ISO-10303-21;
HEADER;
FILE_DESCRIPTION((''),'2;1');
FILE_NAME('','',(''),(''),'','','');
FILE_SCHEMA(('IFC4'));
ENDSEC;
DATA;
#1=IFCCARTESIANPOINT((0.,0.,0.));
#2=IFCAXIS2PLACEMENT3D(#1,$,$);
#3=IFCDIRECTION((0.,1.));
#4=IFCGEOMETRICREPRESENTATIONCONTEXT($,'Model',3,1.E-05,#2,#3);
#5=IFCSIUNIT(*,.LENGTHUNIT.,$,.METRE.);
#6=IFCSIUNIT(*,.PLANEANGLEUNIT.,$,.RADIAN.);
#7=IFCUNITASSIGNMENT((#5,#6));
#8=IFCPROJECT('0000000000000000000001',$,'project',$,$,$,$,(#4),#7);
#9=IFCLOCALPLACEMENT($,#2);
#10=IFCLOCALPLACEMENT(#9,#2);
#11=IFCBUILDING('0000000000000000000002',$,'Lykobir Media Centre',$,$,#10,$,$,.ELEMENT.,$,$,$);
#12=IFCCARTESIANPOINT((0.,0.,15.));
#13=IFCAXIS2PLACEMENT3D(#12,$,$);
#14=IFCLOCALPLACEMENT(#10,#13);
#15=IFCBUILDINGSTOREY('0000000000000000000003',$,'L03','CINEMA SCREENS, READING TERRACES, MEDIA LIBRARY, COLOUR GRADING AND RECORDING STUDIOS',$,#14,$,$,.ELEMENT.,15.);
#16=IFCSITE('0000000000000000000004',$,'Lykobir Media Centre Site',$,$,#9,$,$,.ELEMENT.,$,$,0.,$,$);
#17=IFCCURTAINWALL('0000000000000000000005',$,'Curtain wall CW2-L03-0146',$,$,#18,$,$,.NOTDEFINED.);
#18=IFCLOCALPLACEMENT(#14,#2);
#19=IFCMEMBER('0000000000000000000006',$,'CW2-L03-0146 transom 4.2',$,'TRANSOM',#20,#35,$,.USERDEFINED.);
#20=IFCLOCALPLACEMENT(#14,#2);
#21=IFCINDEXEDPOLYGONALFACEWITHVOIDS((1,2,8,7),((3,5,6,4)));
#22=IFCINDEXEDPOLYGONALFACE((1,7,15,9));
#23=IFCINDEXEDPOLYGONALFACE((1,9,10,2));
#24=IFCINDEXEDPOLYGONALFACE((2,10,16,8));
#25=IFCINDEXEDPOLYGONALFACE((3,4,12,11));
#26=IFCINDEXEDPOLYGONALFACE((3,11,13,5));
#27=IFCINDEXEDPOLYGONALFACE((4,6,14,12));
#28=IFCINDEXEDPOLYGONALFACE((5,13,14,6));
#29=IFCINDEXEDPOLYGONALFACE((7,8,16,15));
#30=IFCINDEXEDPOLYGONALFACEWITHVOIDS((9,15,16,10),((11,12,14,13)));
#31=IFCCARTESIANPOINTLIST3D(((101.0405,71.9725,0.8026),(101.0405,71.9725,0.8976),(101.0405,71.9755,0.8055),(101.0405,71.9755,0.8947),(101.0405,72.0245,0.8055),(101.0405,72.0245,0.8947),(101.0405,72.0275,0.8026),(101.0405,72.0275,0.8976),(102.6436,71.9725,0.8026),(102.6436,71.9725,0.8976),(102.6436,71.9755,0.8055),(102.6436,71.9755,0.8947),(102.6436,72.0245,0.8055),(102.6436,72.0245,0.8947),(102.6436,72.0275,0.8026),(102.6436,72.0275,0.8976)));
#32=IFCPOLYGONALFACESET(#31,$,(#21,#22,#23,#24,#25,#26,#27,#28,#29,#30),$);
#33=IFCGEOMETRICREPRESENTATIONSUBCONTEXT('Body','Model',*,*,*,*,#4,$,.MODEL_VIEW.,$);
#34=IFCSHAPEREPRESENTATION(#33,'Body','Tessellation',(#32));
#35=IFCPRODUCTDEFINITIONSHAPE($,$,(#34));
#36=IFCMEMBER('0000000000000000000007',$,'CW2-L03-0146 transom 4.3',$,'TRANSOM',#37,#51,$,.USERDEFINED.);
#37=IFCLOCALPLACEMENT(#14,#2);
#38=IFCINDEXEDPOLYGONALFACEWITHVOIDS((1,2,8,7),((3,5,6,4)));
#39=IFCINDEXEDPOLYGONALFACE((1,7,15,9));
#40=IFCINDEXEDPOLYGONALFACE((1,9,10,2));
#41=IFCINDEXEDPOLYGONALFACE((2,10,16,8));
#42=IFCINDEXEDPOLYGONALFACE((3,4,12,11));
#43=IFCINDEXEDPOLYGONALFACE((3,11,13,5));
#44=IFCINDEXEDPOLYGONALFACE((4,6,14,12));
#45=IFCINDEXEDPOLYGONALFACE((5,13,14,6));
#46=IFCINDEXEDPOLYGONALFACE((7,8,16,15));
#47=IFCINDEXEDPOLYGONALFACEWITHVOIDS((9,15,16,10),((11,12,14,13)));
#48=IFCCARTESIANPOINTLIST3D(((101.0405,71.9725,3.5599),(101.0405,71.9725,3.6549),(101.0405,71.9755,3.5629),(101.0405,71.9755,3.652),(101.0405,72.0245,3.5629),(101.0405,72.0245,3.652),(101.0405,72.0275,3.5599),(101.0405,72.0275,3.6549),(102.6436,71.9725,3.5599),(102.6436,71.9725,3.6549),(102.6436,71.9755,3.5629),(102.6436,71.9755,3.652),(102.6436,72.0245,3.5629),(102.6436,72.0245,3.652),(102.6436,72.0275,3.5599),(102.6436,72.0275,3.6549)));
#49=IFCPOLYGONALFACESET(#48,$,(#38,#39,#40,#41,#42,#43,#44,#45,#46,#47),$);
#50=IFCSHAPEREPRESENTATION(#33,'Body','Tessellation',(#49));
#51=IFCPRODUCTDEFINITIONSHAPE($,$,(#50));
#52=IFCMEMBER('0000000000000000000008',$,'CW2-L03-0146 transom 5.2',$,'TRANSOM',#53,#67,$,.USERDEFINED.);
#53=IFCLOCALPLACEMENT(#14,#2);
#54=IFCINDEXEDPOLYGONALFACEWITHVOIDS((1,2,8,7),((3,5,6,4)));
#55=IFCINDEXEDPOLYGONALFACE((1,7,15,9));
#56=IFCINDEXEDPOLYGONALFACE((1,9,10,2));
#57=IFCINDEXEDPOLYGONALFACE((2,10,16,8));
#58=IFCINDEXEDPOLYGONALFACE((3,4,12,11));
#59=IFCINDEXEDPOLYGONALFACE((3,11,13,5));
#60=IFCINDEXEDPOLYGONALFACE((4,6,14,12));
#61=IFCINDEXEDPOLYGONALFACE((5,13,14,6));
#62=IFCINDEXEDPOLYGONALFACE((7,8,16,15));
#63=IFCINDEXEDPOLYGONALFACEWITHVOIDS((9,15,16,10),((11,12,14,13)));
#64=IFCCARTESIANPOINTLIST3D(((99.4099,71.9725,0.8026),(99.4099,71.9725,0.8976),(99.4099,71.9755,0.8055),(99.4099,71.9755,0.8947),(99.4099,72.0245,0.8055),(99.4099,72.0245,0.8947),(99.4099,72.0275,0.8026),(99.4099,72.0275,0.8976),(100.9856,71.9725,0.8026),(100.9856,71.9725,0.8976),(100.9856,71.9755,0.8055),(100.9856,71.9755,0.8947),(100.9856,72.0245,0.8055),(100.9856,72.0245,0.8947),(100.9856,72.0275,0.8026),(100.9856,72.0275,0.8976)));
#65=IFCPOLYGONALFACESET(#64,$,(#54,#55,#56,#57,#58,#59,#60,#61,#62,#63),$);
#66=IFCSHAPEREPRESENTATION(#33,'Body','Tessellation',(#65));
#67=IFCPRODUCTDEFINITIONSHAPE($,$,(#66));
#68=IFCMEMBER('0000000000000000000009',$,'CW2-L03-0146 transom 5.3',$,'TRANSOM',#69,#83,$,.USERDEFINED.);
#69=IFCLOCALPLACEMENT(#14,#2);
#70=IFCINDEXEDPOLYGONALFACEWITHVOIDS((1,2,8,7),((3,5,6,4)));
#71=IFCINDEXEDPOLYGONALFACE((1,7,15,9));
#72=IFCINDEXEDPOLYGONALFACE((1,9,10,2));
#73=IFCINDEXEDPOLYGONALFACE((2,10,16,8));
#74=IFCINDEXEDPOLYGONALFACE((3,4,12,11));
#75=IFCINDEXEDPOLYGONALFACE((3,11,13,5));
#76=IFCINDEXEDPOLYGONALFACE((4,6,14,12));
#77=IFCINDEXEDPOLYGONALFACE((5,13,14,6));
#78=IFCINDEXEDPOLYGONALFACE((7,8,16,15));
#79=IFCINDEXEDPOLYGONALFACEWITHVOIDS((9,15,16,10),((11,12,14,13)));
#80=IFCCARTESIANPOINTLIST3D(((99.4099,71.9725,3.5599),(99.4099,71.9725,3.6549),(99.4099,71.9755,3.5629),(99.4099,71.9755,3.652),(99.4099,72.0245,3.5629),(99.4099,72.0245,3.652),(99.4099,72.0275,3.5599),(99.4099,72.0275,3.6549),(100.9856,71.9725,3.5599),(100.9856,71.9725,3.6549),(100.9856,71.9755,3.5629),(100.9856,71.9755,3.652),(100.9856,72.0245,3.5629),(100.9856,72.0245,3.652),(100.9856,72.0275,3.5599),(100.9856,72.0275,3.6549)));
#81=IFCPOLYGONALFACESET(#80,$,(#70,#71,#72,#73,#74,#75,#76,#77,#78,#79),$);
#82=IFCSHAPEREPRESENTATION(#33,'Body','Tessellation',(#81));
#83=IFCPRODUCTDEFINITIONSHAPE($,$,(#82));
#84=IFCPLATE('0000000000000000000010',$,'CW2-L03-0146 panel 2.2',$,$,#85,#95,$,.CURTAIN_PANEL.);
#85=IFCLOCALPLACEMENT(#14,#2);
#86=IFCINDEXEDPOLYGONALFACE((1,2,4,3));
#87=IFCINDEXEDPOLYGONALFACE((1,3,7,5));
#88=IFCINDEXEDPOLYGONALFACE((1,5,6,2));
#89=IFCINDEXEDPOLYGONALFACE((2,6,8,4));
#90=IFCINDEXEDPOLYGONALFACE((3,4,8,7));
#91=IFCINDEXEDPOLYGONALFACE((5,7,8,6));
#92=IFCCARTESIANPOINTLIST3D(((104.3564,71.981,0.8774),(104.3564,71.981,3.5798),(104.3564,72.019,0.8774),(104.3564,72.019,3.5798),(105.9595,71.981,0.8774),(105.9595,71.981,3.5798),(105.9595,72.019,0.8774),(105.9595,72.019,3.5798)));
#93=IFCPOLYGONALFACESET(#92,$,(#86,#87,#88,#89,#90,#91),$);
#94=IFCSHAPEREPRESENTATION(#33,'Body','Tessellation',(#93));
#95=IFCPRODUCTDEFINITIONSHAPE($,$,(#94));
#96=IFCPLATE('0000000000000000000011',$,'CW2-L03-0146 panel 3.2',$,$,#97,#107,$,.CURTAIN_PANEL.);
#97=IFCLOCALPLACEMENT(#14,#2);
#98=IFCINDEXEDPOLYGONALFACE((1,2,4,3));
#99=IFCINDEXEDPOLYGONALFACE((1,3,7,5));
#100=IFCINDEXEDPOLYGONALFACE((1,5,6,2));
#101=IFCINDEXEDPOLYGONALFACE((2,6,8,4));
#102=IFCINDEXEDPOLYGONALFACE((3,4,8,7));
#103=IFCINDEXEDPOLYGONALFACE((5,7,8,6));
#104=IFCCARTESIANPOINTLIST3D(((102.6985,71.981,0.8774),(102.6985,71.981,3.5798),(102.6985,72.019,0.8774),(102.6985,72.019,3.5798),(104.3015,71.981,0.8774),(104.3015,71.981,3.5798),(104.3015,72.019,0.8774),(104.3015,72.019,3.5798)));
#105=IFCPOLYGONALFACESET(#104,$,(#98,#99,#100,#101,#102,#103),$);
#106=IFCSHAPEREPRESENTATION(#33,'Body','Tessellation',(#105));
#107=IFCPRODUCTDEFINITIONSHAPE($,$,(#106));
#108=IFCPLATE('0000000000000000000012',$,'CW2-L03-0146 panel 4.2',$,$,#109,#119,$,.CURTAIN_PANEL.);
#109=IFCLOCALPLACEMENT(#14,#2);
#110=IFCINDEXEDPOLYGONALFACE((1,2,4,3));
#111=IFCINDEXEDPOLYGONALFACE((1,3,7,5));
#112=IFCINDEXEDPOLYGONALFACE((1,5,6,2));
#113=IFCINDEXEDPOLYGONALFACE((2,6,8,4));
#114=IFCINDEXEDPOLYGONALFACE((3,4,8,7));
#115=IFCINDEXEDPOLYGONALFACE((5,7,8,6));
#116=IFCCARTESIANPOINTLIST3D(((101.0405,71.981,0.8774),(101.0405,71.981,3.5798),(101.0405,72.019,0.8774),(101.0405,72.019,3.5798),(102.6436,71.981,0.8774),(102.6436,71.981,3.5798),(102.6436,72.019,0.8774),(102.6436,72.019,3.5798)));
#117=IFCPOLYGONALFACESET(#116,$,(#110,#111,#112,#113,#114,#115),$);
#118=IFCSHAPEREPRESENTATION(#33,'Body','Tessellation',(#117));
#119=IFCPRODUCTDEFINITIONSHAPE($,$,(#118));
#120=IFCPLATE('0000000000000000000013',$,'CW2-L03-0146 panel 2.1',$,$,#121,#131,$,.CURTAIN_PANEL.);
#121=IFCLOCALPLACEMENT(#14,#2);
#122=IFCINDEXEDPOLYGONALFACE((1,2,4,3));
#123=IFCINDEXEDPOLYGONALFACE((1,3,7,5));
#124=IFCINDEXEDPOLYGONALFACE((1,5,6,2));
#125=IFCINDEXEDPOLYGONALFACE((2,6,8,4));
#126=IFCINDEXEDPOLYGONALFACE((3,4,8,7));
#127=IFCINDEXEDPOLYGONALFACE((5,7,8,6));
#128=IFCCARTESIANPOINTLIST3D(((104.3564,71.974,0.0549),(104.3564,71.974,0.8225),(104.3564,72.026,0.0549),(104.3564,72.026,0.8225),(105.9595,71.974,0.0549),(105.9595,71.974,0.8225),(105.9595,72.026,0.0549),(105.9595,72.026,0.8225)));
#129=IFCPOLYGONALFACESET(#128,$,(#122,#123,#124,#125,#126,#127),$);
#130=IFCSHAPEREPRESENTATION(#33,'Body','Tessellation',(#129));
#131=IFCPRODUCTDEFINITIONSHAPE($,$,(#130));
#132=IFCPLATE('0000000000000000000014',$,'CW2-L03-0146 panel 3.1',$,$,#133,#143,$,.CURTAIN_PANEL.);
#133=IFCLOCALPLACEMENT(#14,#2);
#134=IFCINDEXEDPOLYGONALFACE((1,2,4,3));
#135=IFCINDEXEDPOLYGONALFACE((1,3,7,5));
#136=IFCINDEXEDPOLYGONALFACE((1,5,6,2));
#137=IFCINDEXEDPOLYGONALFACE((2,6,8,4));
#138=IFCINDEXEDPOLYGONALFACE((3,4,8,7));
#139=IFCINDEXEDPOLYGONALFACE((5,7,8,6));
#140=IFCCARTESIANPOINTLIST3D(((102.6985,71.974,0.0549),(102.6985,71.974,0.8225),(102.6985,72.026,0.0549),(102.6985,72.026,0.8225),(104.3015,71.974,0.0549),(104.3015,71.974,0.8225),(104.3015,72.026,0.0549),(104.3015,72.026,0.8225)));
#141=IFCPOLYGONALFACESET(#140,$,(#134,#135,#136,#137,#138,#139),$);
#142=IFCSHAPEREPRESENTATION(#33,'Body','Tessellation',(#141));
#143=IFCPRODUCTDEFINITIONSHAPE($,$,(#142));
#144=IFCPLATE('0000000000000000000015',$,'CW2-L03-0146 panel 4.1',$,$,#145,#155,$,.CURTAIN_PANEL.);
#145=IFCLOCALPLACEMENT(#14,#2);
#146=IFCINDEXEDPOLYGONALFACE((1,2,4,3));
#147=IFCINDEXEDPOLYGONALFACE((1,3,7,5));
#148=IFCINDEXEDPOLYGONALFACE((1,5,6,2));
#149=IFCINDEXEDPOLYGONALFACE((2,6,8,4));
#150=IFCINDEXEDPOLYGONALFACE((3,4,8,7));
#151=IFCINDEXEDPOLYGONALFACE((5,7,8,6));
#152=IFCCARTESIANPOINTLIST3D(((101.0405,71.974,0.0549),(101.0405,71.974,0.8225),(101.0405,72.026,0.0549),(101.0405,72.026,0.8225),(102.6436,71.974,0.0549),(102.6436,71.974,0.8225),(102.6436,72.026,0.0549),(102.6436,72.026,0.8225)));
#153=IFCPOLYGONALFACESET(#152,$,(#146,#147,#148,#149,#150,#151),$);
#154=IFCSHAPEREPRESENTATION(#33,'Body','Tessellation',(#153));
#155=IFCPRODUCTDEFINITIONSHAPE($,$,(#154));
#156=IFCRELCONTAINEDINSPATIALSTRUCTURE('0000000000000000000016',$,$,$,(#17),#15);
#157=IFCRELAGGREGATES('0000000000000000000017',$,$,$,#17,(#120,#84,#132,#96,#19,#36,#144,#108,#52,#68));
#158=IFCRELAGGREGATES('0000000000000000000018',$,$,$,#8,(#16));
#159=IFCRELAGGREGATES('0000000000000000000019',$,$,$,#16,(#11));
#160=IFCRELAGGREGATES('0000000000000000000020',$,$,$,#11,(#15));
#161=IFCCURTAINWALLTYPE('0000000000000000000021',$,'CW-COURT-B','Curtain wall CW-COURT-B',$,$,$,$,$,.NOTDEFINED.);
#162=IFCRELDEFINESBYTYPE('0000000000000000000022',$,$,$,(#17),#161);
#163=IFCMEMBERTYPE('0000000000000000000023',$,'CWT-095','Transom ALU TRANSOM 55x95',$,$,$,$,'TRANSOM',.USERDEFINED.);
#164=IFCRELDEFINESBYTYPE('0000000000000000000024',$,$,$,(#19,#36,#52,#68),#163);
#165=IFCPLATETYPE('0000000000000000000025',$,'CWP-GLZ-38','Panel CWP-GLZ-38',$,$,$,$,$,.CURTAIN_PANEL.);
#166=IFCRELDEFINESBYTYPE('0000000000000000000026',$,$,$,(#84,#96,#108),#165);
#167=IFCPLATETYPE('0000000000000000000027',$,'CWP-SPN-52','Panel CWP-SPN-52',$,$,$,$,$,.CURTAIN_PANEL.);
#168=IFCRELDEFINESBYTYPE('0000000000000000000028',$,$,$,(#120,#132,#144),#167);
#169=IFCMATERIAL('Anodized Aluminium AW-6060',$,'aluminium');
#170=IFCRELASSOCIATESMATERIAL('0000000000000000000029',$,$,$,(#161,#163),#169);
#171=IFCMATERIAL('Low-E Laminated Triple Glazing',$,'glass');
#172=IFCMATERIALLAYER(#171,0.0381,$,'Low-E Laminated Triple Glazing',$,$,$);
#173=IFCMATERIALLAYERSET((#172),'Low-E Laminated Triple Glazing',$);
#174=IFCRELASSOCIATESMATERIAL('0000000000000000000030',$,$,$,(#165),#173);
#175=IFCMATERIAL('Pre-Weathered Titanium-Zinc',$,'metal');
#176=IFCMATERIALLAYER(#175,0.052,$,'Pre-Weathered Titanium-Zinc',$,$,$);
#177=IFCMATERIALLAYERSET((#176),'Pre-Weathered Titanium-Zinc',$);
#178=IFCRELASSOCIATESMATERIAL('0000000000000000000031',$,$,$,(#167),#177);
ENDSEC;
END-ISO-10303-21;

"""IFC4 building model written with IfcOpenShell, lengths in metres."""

from ifc_helpers import new_model, si_unit, direction, frame, origin, origin_2d, place, context, subcontext, project, spatial, rectangle, hollow_rectangle, extrude, material, layer, layer_set, material_profile, profile_set, type_object, element, aggregate, save


model = new_model("IFC4")

# Units and contexts
model_context = context("Model", 3, precision=1e-05, world=origin(), true_north=direction((0.0, 1.0)))
body_context = subcontext(model_context, "Body", "Model", "MODEL_VIEW")
ifc_project = project(units=[si_unit("LENGTHUNIT", "METRE"), si_unit("PLANEANGLEUNIT", "RADIAN")], contexts=[model_context])

# Site, building, storey
site_placement = place(None, origin())
site = spatial("IfcSite", under=ifc_project, at=site_placement, Name="Lykobir Media Centre Site", CompositionType="ELEMENT", RefElevation=0.0)
building_placement = place(site_placement, origin())
building = spatial("IfcBuilding", under=site, at=building_placement, Name="Lykobir Media Centre", CompositionType="ELEMENT")
storey_placement = place(building_placement, frame((0.0, 0.0, 15.0)))
storey = spatial("IfcBuildingStorey", under=building, at=storey_placement, Name="L03", Description="CINEMA SCREENS, READING TERRACES, MEDIA LIBRARY, COLOUR GRADING AND RECORDING STUDIOS", CompositionType="ELEMENT", Elevation=15.0)

# Curtain wall, members, plates
ifc_material_1 = material(Name="Anodized Aluminium AW-6060", Category="aluminium")
curtain_wall_type = type_object("IfcCurtainWallType", Name="CW-COURT-B", Description="Curtain wall CW-COURT-B", PredefinedType="NOTDEFINED", material=ifc_material_1)
curtain_wall_placement = place(storey_placement, origin())
curtain_wall = element("IfcCurtainWall", 1, at=curtain_wall_placement, inside=storey, type_object=curtain_wall_type, Name="Curtain wall CW2-L03-0146", PredefinedType="NOTDEFINED")
ifc_material_profile_1 = material_profile(ifc_material_1, hollow_rectangle(XDim=0.0549, YDim=0.095, WallThickness=0.0029, at=origin_2d()), Name="ALU TRANSOM 55x95")
ifc_profile_set_1 = profile_set([ifc_material_profile_1], Name="Anodized Aluminium AW-6060")
member_type_1 = type_object("IfcMemberType", Name="CWT-095", Description="Transom ALU TRANSOM 55x95", ElementType="TRANSOM", PredefinedType="USERDEFINED", material=ifc_profile_set_1)
member_1_placement = place(storey_placement, frame((102.6436, 72.0, 0.8501), z_axis=(-1.0, 0.0, 0.0), x_axis=(0.0, -1.0, 0.0)))
member_1 = element("IfcMember", 2, at=member_1_placement, type_object=member_type_1, Name="CW2-L03-0146 transom 4.2", ObjectType="TRANSOM", PredefinedType="USERDEFINED", context=body_context, shape_type="SweptSolid", body=[
    extrude(hollow_rectangle(XDim=0.0549, YDim=0.095, WallThickness=0.0029, at=origin_2d()), origin(), (0.0, 0.0, 1.0), 1.603),
])
member_2_placement = place(storey_placement, frame((102.6436, 72.0, 3.6074), z_axis=(-1.0, 0.0, 0.0), x_axis=(0.0, -1.0, 0.0)))
member_2 = element("IfcMember", 3, at=member_2_placement, type_object=member_type_1, Name="CW2-L03-0146 transom 4.3", ObjectType="TRANSOM", PredefinedType="USERDEFINED", context=body_context, shape_type="SweptSolid", body=[
    extrude(hollow_rectangle(XDim=0.0549, YDim=0.095, WallThickness=0.0029, at=origin_2d()), origin(), (0.0, 0.0, 1.0), 1.603),
])
member_3_placement = place(storey_placement, frame((100.9856, 72.0, 0.8501), z_axis=(-1.0, 0.0, 0.0), x_axis=(0.0, -1.0, 0.0)))
member_3 = element("IfcMember", 4, at=member_3_placement, type_object=member_type_1, Name="CW2-L03-0146 transom 5.2", ObjectType="TRANSOM", PredefinedType="USERDEFINED", context=body_context, shape_type="SweptSolid", body=[
    extrude(hollow_rectangle(XDim=0.0549, YDim=0.095, WallThickness=0.0029, at=origin_2d()), origin(), (0.0, 0.0, 1.0), 1.5757),
])
member_4_placement = place(storey_placement, frame((100.9856, 72.0, 3.6074), z_axis=(-1.0, 0.0, 0.0), x_axis=(0.0, -1.0, 0.0)))
member_4 = element("IfcMember", 5, at=member_4_placement, type_object=member_type_1, Name="CW2-L03-0146 transom 5.3", ObjectType="TRANSOM", PredefinedType="USERDEFINED", context=body_context, shape_type="SweptSolid", body=[
    extrude(hollow_rectangle(XDim=0.0549, YDim=0.095, WallThickness=0.0029, at=origin_2d()), origin(), (0.0, 0.0, 1.0), 1.5757),
])
ifc_material_2 = material(Name="Low-E Laminated Triple Glazing", Category="glass")
ifc_layer_1 = layer(ifc_material_2, 0.0381, Name="Low-E Laminated Triple Glazing")
ifc_layer_set_1 = layer_set([ifc_layer_1], Name="Low-E Laminated Triple Glazing")
plate_type_1 = type_object("IfcPlateType", Name="CWP-GLZ-38", Description="Panel CWP-GLZ-38", PredefinedType="CURTAIN_PANEL", material=ifc_layer_set_1)
plate_1_placement = place(storey_placement, frame((105.158, 72.0, 0.8774), z_axis=(0.0, 0.0, 1.0), x_axis=(-1.0, 0.0, 0.0)))
plate_1 = element("IfcPlate", 6, at=plate_1_placement, type_object=plate_type_1, Name="CW2-L03-0146 panel 2.2", PredefinedType="CURTAIN_PANEL", context=body_context, shape_type="SweptSolid", body=[
    extrude(rectangle(XDim=1.603, YDim=0.0381, at=origin_2d()), origin(), (0.0, 0.0, 1.0), 2.7024),
])
plate_2_placement = place(storey_placement, frame((103.5, 72.0, 0.8774), z_axis=(0.0, 0.0, 1.0), x_axis=(-1.0, 0.0, 0.0)))
plate_2 = element("IfcPlate", 7, at=plate_2_placement, type_object=plate_type_1, Name="CW2-L03-0146 panel 3.2", PredefinedType="CURTAIN_PANEL", context=body_context, shape_type="SweptSolid", body=[
    extrude(rectangle(XDim=1.603, YDim=0.0381, at=origin_2d()), origin(), (0.0, 0.0, 1.0), 2.7024),
])
plate_3_placement = place(storey_placement, frame((101.842, 72.0, 0.8774), z_axis=(0.0, 0.0, 1.0), x_axis=(-1.0, 0.0, 0.0)))
plate_3 = element("IfcPlate", 8, at=plate_3_placement, type_object=plate_type_1, Name="CW2-L03-0146 panel 4.2", PredefinedType="CURTAIN_PANEL", context=body_context, shape_type="SweptSolid", body=[
    extrude(rectangle(XDim=1.603, YDim=0.0381, at=origin_2d()), origin(), (0.0, 0.0, 1.0), 2.7024),
])
ifc_material_3 = material(Name="Pre-Weathered Titanium-Zinc", Category="metal")
ifc_layer_2 = layer(ifc_material_3, 0.052, Name="Pre-Weathered Titanium-Zinc")
ifc_layer_set_2 = layer_set([ifc_layer_2], Name="Pre-Weathered Titanium-Zinc")
plate_type_2 = type_object("IfcPlateType", Name="CWP-SPN-52", Description="Panel CWP-SPN-52", PredefinedType="CURTAIN_PANEL", material=ifc_layer_set_2)
plate_4_placement = place(storey_placement, frame((105.158, 72.0, 0.0549), z_axis=(0.0, 0.0, 1.0), x_axis=(-1.0, 0.0, 0.0)))
plate_4 = element("IfcPlate", 9, at=plate_4_placement, type_object=plate_type_2, Name="CW2-L03-0146 panel 2.1", PredefinedType="CURTAIN_PANEL", context=body_context, shape_type="SweptSolid", body=[
    extrude(rectangle(XDim=1.603, YDim=0.052, at=origin_2d()), origin(), (0.0, 0.0, 1.0), 0.7676),
])
plate_5_placement = place(storey_placement, frame((103.5, 72.0, 0.0549), z_axis=(0.0, 0.0, 1.0), x_axis=(-1.0, 0.0, 0.0)))
plate_5 = element("IfcPlate", 10, at=plate_5_placement, type_object=plate_type_2, Name="CW2-L03-0146 panel 3.1", PredefinedType="CURTAIN_PANEL", context=body_context, shape_type="SweptSolid", body=[
    extrude(rectangle(XDim=1.603, YDim=0.052, at=origin_2d()), origin(), (0.0, 0.0, 1.0), 0.7676),
])
plate_6_placement = place(storey_placement, frame((101.842, 72.0, 0.0549), z_axis=(0.0, 0.0, 1.0), x_axis=(-1.0, 0.0, 0.0)))
plate_6 = element("IfcPlate", 11, at=plate_6_placement, type_object=plate_type_2, Name="CW2-L03-0146 panel 4.1", PredefinedType="CURTAIN_PANEL", context=body_context, shape_type="SweptSolid", body=[
    extrude(rectangle(XDim=1.603, YDim=0.052, at=origin_2d()), origin(), (0.0, 0.0, 1.0), 0.7676),
])
aggregate(curtain_wall, [plate_4, plate_1, plate_5, plate_2, member_1, member_2, plate_6, plate_3, member_3, member_4])

save(model, "model.ifc")
